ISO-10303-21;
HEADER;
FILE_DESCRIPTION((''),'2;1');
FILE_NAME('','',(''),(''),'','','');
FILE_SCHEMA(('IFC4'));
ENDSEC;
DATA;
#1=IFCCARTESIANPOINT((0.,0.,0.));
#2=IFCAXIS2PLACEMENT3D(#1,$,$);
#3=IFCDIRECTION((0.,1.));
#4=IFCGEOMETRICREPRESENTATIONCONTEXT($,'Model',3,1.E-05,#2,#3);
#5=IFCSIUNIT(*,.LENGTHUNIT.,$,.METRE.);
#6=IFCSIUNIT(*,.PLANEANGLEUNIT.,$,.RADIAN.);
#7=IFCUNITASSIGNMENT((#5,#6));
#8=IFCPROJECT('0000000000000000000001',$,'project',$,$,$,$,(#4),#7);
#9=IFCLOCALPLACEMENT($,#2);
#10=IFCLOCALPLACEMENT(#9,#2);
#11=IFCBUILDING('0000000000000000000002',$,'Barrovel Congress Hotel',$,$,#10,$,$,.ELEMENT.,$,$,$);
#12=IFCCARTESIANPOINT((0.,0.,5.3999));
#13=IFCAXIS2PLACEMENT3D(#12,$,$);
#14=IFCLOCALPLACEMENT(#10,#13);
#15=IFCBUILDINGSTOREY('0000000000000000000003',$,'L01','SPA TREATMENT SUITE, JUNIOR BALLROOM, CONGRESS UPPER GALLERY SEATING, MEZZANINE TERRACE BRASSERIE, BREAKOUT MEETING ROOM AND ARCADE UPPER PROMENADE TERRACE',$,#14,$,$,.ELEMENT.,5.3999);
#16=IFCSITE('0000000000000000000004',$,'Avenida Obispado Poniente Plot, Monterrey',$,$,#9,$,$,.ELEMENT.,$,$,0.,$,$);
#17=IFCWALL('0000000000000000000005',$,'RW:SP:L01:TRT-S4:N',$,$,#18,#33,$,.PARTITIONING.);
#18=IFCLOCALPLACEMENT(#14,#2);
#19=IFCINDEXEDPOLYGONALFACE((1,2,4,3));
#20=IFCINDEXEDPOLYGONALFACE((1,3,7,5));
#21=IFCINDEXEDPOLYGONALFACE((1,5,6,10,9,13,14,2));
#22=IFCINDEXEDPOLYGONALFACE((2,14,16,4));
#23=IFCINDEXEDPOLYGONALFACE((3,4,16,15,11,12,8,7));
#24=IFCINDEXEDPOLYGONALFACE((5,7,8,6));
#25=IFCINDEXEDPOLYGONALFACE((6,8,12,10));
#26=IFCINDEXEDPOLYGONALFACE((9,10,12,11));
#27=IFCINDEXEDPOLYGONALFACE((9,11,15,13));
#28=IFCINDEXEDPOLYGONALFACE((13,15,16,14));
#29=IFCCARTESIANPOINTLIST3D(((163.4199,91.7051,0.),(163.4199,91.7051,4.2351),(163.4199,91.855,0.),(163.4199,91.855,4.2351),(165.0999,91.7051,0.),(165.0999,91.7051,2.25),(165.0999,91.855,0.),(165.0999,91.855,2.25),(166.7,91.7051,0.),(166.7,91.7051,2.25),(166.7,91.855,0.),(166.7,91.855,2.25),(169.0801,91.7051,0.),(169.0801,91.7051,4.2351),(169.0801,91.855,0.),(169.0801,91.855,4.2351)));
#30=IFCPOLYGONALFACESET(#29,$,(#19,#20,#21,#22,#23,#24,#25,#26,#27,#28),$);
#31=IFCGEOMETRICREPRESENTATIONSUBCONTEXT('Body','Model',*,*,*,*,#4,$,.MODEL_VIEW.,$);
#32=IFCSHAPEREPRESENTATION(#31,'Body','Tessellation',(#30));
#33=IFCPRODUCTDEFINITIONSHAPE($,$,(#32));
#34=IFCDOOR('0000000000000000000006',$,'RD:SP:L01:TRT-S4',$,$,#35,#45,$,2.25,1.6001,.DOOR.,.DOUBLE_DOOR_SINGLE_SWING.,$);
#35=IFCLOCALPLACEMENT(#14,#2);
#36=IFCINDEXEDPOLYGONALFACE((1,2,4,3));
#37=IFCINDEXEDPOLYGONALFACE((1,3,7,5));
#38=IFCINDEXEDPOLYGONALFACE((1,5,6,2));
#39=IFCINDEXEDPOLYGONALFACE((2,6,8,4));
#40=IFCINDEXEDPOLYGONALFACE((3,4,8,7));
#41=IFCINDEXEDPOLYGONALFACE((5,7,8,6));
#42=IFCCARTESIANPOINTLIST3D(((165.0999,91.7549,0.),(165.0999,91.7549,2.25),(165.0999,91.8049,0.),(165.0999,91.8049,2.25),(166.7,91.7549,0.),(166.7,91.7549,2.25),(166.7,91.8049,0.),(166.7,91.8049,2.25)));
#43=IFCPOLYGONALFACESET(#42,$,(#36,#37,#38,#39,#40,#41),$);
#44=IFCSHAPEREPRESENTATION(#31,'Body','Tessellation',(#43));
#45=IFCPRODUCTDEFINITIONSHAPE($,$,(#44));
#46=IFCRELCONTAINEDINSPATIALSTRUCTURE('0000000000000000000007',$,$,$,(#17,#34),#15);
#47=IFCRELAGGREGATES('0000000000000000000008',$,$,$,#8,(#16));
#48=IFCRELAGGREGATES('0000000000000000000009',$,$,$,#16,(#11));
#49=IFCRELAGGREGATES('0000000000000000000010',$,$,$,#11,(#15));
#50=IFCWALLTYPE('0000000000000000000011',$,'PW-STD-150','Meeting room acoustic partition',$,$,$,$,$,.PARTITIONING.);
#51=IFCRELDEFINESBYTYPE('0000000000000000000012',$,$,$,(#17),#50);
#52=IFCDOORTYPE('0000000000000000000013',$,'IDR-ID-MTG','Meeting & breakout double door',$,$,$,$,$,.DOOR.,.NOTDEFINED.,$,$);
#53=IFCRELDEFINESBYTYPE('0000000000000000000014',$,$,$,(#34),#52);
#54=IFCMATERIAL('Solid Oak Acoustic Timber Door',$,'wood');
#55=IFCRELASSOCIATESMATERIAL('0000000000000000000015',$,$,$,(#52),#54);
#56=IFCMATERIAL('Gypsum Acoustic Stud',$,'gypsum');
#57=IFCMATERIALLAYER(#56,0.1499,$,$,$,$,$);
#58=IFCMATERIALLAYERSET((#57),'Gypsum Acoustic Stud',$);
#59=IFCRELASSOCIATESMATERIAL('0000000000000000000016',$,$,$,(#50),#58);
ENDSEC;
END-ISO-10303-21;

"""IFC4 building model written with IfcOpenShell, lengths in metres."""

from ifc_helpers import new_model, si_unit, direction, frame, frame_2d, origin, place, context, subcontext, project, spatial, rectangle, extrude, material, layer, layer_set, type_object, element, fill, save


model = new_model("IFC4")

# Units and contexts
model_context = context("Model", 3, precision=1e-05, world=origin(), true_north=direction((0.0, 1.0)))
body_context = subcontext(model_context, "Body", "Model", "MODEL_VIEW")
ifc_project = project(units=[si_unit("LENGTHUNIT", "METRE"), si_unit("PLANEANGLEUNIT", "RADIAN")], contexts=[model_context])

# Site, building, storey
site_placement = place(None, origin())
site = spatial("IfcSite", under=ifc_project, at=site_placement, Name="Avenida Obispado Poniente Plot, Monterrey", CompositionType="ELEMENT", RefElevation=0.0)
building_placement = place(site_placement, origin())
building = spatial("IfcBuilding", under=site, at=building_placement, Name="Barrovel Congress Hotel", CompositionType="ELEMENT")
storey_placement = place(building_placement, frame((0.0, 0.0, 5.3999)))
storey = spatial("IfcBuildingStorey", under=building, at=storey_placement, Name="L01", Description="SPA TREATMENT SUITE, JUNIOR BALLROOM, CONGRESS UPPER GALLERY SEATING, MEZZANINE TERRACE BRASSERIE, BREAKOUT MEETING ROOM AND ARCADE UPPER PROMENADE TERRACE", CompositionType="ELEMENT", Elevation=5.3999)

# Shared definitions
ifc_material_1 = material(Name="Gypsum Acoustic Stud", Category="gypsum")

# Shared definitions
ifc_material_2 = material(Name="Solid Oak Acoustic Timber Door", Category="wood")
door_type = type_object("IfcDoorType", Name="IDR-ID-MTG", Description="Meeting & breakout double door", OperationType="NOTDEFINED", PredefinedType="DOOR", material=ifc_material_2)

# Wall, opening, door
ifc_layer_1 = layer(ifc_material_1, 0.1499)
ifc_layer_set_1 = layer_set([ifc_layer_1], Name="Gypsum Acoustic Stud")
wall_type_1 = type_object("IfcWallType", Name="PW-STD-150", Description="Meeting room acoustic partition", PredefinedType="PARTITIONING", material=ifc_layer_set_1)
wall_1_placement = place(storey_placement, frame((163.4199, 91.78, 0.0), z_axis=(0.0, 0.0, 1.0), x_axis=(1.0, 0.0, 0.0)))
wall_1 = element("IfcWall", 1, at=wall_1_placement, inside=storey, type_object=wall_type_1, Name="RW:SP:L01:TRT-S4:N", PredefinedType="PARTITIONING", context=body_context, shape_type="SweptSolid", body=[
    extrude(rectangle(XDim=5.6602, YDim=0.1499, at=frame_2d((2.8301, 0.0))), origin(), (0.0, 0.0, 1.0), 4.2351),
])
opening_1_placement = place(wall_1_placement, frame((1.6799, 0.0, 0.0)))
opening_1 = element("IfcOpeningElement", 2, at=opening_1_placement, cuts=wall_1, PredefinedType="OPENING", context=body_context, shape_type="SweptSolid", body=[
    extrude(rectangle(XDim=1.6001, YDim=2.25, at=frame_2d((0.8, 1.125))), frame((0.0, 0.085, 0.0), z_axis=(0.0, -1.0, 0.0), x_axis=(1.0, 0.0, 0.0)), (0.0, 0.0, 1.0), 0.1699),
])
door_1_placement = place(opening_1_placement, origin())
door_1 = element("IfcDoor", 3, at=door_1_placement, inside=storey, type_object=door_type, Name="RD:SP:L01:TRT-S4", OperationType="DOUBLE_DOOR_SINGLE_SWING", OverallHeight=2.25, OverallWidth=1.6001, PredefinedType="DOOR", context=body_context, shape_type="SweptSolid", body=[
    extrude(rectangle(XDim=1.6001, YDim=2.25, at=frame_2d((0.8, 1.125))), frame((0.0, 0.0249, 0.0), z_axis=(0.0, -1.0, 0.0), x_axis=(1.0, 0.0, 0.0)), (0.0, 0.0, 1.0), 0.05),
])
fill(opening_1, door_1)

save(model, "model.ifc")
